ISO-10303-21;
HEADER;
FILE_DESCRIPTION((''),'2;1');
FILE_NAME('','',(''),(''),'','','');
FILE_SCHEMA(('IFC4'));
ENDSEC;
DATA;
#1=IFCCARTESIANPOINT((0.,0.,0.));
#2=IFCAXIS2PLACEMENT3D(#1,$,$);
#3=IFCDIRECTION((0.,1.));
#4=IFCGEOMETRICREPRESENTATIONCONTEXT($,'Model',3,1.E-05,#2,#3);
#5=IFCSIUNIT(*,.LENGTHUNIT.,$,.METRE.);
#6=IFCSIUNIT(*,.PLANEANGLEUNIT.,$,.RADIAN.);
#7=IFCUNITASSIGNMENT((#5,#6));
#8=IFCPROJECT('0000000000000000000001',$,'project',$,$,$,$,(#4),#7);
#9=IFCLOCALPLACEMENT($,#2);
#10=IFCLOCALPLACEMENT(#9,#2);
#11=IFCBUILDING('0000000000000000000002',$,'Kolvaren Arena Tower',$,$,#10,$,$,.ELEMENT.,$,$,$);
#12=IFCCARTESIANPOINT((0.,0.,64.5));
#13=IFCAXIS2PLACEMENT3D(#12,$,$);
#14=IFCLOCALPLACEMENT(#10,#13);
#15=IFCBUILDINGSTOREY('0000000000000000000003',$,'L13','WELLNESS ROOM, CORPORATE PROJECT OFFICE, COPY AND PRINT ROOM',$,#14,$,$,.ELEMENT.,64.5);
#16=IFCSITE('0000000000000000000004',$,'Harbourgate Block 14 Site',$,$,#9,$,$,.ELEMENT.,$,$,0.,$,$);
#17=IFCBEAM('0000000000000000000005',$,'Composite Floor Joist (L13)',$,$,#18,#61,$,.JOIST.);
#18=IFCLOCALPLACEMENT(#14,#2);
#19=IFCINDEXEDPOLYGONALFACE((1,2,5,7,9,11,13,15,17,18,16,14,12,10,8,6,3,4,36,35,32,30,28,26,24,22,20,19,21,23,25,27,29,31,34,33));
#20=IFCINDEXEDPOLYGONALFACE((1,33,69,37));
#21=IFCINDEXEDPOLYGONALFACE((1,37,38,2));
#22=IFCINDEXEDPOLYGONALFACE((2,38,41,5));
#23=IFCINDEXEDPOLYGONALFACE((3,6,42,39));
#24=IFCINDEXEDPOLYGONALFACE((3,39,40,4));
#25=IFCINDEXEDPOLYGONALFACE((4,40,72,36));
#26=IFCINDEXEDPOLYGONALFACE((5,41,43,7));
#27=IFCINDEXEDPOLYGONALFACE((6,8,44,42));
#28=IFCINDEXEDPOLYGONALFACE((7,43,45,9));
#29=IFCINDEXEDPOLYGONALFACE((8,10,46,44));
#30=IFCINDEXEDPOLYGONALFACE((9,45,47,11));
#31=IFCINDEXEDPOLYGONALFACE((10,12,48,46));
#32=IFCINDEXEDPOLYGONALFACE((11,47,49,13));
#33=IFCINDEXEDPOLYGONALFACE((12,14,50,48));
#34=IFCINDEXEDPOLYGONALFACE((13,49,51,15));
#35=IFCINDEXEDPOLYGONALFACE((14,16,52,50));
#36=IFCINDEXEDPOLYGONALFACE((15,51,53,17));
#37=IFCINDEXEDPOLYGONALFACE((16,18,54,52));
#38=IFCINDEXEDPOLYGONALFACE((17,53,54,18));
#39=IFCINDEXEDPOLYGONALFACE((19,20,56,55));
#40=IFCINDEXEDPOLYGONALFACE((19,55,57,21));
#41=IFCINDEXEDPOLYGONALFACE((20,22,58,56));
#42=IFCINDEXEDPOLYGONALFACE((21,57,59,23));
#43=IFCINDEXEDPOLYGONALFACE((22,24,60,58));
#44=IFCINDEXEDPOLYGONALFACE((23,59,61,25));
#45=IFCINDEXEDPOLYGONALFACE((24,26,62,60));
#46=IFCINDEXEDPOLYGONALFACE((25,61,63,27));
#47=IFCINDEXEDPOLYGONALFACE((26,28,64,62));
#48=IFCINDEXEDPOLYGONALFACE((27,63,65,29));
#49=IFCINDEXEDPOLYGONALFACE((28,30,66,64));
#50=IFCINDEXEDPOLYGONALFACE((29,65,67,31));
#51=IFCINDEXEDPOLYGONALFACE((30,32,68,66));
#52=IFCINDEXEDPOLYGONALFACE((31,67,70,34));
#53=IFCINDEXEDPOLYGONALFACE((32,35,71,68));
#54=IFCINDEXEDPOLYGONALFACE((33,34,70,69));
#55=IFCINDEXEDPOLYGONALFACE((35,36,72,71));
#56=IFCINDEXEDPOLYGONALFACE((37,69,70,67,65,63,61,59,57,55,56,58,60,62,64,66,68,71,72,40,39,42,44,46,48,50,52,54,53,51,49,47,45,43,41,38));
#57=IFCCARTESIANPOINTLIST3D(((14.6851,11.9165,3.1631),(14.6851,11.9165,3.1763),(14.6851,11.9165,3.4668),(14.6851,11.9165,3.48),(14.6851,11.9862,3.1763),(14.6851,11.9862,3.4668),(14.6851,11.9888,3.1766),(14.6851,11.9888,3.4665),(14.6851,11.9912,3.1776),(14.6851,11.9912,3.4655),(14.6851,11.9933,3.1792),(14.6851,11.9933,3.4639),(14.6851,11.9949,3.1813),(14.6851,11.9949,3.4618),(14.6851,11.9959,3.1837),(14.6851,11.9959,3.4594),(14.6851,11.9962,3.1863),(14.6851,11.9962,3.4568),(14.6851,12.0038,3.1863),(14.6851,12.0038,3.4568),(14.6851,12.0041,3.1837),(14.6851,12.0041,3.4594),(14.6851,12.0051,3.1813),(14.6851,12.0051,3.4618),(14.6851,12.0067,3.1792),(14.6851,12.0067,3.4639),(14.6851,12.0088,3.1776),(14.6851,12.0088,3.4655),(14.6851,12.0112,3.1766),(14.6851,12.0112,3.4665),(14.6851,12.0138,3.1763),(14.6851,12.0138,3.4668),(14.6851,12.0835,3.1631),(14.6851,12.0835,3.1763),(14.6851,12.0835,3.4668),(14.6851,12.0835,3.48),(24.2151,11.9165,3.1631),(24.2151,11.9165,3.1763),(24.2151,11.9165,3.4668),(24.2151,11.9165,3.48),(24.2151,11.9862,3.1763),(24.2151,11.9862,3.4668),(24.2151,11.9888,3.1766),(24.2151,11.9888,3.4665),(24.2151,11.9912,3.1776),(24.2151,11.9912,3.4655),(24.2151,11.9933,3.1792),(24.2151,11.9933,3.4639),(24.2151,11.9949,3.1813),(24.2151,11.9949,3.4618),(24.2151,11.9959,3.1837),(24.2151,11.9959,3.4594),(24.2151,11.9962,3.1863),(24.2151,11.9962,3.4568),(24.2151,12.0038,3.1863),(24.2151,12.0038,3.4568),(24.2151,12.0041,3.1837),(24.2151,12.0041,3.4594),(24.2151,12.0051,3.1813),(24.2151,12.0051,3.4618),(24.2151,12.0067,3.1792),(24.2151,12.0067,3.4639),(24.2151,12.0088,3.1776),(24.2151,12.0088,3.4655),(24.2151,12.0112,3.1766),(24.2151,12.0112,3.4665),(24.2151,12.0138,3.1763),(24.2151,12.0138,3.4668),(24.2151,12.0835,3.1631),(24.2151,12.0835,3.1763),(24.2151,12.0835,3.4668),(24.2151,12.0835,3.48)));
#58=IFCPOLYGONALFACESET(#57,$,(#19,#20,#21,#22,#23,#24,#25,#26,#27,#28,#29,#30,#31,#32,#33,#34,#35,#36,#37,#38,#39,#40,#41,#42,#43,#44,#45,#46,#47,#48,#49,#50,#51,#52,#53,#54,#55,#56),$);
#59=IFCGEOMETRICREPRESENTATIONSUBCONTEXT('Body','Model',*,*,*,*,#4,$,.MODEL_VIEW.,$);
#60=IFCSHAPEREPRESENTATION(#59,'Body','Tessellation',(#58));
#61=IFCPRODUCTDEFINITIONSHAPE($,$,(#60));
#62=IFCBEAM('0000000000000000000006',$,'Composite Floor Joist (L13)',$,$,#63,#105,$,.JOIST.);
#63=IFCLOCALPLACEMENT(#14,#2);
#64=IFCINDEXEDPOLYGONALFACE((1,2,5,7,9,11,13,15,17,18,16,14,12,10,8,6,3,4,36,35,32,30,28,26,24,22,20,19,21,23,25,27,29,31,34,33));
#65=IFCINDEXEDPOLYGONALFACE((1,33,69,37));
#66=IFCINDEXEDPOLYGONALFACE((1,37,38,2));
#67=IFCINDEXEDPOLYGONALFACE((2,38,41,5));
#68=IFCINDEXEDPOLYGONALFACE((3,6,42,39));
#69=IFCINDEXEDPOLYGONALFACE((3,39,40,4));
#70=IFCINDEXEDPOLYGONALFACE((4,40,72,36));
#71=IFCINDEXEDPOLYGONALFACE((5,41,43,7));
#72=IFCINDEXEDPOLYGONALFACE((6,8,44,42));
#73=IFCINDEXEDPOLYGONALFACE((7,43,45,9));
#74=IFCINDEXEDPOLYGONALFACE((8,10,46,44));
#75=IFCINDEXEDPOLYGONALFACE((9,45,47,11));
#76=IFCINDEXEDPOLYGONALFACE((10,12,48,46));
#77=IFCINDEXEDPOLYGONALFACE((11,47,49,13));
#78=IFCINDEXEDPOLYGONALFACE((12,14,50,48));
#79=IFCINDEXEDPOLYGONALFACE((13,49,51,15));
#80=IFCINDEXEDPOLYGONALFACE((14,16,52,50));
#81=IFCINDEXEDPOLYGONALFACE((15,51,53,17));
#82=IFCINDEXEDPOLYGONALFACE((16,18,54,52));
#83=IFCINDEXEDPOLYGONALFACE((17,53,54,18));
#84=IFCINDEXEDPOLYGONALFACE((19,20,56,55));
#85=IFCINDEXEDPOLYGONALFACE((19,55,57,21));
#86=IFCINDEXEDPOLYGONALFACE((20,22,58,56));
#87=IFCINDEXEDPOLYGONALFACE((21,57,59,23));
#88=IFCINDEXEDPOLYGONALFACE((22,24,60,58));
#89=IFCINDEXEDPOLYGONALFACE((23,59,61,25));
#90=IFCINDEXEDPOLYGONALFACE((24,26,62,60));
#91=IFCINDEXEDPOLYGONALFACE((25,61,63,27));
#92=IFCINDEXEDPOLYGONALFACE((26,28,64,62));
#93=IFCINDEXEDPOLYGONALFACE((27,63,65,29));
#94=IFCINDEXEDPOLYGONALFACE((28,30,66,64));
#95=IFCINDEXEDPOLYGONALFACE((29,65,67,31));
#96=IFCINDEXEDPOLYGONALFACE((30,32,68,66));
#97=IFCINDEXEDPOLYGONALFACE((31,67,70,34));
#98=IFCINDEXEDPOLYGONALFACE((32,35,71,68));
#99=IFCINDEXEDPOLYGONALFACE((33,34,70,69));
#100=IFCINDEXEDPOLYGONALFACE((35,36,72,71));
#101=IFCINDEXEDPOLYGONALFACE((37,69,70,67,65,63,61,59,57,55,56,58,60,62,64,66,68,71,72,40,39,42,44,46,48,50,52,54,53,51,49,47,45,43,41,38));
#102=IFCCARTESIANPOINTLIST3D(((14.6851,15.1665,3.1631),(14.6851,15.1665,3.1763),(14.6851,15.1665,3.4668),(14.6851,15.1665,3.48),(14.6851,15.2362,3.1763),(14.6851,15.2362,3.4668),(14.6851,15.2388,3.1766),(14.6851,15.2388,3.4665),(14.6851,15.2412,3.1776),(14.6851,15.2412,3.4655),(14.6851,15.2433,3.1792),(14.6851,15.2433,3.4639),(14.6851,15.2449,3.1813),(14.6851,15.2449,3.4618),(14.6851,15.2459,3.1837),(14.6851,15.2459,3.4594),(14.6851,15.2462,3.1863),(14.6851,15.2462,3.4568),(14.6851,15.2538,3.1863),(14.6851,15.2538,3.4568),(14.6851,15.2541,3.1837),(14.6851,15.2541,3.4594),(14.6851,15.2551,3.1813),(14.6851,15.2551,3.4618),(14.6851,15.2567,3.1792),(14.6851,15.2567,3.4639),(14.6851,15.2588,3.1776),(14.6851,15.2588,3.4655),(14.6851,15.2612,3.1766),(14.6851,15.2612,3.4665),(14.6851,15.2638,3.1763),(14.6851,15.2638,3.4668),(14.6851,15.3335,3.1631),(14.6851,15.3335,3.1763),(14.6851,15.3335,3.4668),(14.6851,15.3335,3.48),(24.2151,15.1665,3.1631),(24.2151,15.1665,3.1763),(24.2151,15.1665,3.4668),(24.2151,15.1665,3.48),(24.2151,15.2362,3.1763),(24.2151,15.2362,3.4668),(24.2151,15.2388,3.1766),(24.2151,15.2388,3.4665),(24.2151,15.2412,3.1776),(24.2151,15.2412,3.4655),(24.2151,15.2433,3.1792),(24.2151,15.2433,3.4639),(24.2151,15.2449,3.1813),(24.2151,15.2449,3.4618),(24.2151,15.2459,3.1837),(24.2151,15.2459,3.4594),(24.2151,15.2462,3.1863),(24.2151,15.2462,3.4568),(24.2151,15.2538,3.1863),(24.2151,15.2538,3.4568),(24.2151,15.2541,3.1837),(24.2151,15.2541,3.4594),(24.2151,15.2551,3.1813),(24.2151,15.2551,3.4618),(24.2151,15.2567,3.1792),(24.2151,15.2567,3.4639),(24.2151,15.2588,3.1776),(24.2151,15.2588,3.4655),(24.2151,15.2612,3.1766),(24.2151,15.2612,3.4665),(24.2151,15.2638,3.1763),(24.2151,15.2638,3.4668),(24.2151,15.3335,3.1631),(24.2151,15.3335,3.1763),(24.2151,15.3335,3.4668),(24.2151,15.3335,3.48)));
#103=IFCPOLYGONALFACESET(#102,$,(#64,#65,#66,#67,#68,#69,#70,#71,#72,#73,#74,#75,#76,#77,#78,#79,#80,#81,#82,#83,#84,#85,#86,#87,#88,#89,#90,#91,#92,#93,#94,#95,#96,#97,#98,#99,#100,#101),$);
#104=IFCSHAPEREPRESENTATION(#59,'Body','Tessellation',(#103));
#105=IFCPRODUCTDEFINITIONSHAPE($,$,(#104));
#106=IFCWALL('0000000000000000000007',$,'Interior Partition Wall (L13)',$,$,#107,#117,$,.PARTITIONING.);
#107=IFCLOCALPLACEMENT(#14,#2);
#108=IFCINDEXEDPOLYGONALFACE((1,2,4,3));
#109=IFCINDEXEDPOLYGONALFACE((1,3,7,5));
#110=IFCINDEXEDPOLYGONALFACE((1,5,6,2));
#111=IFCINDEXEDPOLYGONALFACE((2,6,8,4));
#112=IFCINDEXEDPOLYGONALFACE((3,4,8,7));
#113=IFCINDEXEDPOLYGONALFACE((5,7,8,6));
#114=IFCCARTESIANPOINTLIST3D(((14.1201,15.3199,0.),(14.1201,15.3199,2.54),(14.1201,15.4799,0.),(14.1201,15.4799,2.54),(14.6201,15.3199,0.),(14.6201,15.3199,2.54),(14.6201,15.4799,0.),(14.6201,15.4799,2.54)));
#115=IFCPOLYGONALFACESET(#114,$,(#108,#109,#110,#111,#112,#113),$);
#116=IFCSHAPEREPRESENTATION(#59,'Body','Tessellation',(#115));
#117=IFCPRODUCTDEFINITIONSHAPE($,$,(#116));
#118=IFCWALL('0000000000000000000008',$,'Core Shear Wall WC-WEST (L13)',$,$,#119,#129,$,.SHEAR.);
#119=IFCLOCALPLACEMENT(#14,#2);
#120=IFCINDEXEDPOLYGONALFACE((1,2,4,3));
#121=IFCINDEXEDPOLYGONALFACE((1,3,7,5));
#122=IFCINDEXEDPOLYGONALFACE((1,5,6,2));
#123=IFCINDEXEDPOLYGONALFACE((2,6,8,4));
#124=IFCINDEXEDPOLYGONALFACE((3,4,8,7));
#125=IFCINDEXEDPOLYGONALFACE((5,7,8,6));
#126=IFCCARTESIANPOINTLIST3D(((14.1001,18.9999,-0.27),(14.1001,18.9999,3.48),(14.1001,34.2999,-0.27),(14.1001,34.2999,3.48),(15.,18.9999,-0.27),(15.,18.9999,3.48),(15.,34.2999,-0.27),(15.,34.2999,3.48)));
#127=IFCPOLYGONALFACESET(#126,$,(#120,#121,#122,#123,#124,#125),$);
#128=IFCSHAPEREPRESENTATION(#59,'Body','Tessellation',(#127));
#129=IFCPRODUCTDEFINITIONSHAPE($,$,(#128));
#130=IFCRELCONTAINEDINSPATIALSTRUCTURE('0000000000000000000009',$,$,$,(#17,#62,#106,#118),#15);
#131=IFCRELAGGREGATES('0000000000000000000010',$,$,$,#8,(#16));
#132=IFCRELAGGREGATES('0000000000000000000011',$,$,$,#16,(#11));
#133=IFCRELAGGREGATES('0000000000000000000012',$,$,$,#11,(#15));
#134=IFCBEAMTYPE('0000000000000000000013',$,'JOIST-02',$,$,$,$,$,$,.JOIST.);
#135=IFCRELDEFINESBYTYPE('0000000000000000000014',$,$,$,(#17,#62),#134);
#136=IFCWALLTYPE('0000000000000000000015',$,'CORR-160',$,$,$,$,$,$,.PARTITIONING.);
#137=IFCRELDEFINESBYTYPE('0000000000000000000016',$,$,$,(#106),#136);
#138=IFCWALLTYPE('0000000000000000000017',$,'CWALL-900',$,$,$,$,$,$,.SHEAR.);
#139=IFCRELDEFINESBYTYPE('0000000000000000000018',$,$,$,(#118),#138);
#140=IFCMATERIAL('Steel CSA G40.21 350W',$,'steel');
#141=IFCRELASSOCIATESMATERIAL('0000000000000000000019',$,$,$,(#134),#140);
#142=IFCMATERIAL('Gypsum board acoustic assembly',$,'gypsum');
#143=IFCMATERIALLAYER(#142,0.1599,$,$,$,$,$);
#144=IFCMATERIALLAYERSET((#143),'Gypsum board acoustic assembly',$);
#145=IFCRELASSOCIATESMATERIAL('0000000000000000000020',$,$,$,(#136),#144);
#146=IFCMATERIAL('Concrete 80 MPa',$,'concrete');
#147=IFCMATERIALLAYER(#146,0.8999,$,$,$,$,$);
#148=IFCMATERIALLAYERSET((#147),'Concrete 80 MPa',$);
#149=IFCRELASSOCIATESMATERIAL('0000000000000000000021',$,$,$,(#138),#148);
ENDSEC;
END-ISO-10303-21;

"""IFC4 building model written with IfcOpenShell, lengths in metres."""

from ifc_helpers import new_model, si_unit, direction, frame, frame_2d, origin, origin_2d, place, context, subcontext, project, spatial, rectangle, i_section, extrude, material, layer, layer_set, material_profile, profile_set, type_object, element, save


model = new_model("IFC4")

# Units and contexts
model_context = context("Model", 3, precision=1e-05, world=origin(), true_north=direction((0.0, 1.0)))
body_context = subcontext(model_context, "Body", "Model", "MODEL_VIEW")
ifc_project = project(units=[si_unit("LENGTHUNIT", "METRE"), si_unit("PLANEANGLEUNIT", "RADIAN")], contexts=[model_context])

# Site, building, storey
site_placement = place(None, origin())
site = spatial("IfcSite", under=ifc_project, at=site_placement, Name="Harbourgate Block 14 Site", CompositionType="ELEMENT", RefElevation=0.0)
building_placement = place(site_placement, origin())
building = spatial("IfcBuilding", under=site, at=building_placement, Name="Kolvaren Arena Tower", CompositionType="ELEMENT")
storey_placement = place(building_placement, frame((0.0, 0.0, 64.5)))
storey = spatial("IfcBuildingStorey", under=building, at=storey_placement, Name="L13", Description="WELLNESS ROOM, CORPORATE PROJECT OFFICE, COPY AND PRINT ROOM", CompositionType="ELEMENT", Elevation=64.5)

# Beams
ifc_material_1 = material(Name="Steel CSA G40.21 350W", Category="steel")
ifc_material_profile_1 = material_profile(ifc_material_1, i_section(OverallWidth=0.167, OverallDepth=0.3169, WebThickness=0.0076, FlangeThickness=0.0132, FilletRadius=0.01, at=origin_2d()), Name="W310x52")
ifc_profile_set_1 = profile_set([ifc_material_profile_1], Name="Steel CSA G40.21 350W")
beam_type_1 = type_object("IfcBeamType", Name="JOIST-02", PredefinedType="JOIST", material=ifc_profile_set_1)
for number, where, z_axis, x_axis, name in (
    (1, (14.6851, 12.0, 3.3215), (1.0, 0.0, 0.0), (0.0, 1.0, 0.0), "Composite Floor Joist (L13)"),
    (2, (14.6851, 15.25, 3.3215), (1.0, 0.0, 0.0), (0.0, 1.0, 0.0), "Composite Floor Joist (L13)"),
):
    element("IfcBeam", number, at=place(storey_placement, frame(where, z_axis=z_axis, x_axis=x_axis)), inside=storey, type_object=beam_type_1, Name=name, PredefinedType="JOIST", context=body_context, shape_type="SweptSolid", body=[
        extrude(i_section(OverallWidth=0.167, OverallDepth=0.3169, WebThickness=0.0076, FlangeThickness=0.0132, FilletRadius=0.01, at=origin_2d()), origin(), (0.0, 0.0, 1.0), 9.53),
    ])

# Shared definitions
ifc_material_2 = material(Name="Gypsum board acoustic assembly", Category="gypsum")
ifc_layer_1 = layer(ifc_material_2, 0.1599)
ifc_layer_set_1 = layer_set([ifc_layer_1], Name="Gypsum board acoustic assembly")
wall_type_1 = type_object("IfcWallType", Name="CORR-160", PredefinedType="PARTITIONING", material=ifc_layer_set_1)

# Walls
wall_1_placement = place(storey_placement, frame((14.1201, 15.3999, 0.0), z_axis=(0.0, 0.0, 1.0), x_axis=(1.0, 0.0, 0.0)))
element("IfcWall", 3, at=wall_1_placement, inside=storey, type_object=wall_type_1, Name="Interior Partition Wall (L13)", PredefinedType="PARTITIONING", context=body_context, shape_type="SweptSolid", body=[
    extrude(rectangle(XDim=0.5, YDim=0.1599, at=frame_2d((0.25, 0.0))), origin(), (0.0, 0.0, 1.0), 2.54),
])
ifc_material_3 = material(Name="Concrete 80 MPa", Category="concrete")
ifc_layer_2 = layer(ifc_material_3, 0.8999)
ifc_layer_set_2 = layer_set([ifc_layer_2], Name="Concrete 80 MPa")
wall_type_2 = type_object("IfcWallType", Name="CWALL-900", PredefinedType="SHEAR", material=ifc_layer_set_2)
wall_2_placement = place(storey_placement, frame((14.55, 19.0, -0.27), z_axis=(0.0, 0.0, 1.0), x_axis=(0.0, 1.0, 0.0)))
element("IfcWall", 4, at=wall_2_placement, inside=storey, type_object=wall_type_2, Name="Core Shear Wall WC-WEST (L13)", PredefinedType="SHEAR", context=body_context, shape_type="SweptSolid", body=[
    extrude(rectangle(XDim=15.3, YDim=0.8999, at=frame_2d((7.6499, 0.0))), origin(), (0.0, 0.0, 1.0), 3.75),
])

save(model, "model.ifc")
